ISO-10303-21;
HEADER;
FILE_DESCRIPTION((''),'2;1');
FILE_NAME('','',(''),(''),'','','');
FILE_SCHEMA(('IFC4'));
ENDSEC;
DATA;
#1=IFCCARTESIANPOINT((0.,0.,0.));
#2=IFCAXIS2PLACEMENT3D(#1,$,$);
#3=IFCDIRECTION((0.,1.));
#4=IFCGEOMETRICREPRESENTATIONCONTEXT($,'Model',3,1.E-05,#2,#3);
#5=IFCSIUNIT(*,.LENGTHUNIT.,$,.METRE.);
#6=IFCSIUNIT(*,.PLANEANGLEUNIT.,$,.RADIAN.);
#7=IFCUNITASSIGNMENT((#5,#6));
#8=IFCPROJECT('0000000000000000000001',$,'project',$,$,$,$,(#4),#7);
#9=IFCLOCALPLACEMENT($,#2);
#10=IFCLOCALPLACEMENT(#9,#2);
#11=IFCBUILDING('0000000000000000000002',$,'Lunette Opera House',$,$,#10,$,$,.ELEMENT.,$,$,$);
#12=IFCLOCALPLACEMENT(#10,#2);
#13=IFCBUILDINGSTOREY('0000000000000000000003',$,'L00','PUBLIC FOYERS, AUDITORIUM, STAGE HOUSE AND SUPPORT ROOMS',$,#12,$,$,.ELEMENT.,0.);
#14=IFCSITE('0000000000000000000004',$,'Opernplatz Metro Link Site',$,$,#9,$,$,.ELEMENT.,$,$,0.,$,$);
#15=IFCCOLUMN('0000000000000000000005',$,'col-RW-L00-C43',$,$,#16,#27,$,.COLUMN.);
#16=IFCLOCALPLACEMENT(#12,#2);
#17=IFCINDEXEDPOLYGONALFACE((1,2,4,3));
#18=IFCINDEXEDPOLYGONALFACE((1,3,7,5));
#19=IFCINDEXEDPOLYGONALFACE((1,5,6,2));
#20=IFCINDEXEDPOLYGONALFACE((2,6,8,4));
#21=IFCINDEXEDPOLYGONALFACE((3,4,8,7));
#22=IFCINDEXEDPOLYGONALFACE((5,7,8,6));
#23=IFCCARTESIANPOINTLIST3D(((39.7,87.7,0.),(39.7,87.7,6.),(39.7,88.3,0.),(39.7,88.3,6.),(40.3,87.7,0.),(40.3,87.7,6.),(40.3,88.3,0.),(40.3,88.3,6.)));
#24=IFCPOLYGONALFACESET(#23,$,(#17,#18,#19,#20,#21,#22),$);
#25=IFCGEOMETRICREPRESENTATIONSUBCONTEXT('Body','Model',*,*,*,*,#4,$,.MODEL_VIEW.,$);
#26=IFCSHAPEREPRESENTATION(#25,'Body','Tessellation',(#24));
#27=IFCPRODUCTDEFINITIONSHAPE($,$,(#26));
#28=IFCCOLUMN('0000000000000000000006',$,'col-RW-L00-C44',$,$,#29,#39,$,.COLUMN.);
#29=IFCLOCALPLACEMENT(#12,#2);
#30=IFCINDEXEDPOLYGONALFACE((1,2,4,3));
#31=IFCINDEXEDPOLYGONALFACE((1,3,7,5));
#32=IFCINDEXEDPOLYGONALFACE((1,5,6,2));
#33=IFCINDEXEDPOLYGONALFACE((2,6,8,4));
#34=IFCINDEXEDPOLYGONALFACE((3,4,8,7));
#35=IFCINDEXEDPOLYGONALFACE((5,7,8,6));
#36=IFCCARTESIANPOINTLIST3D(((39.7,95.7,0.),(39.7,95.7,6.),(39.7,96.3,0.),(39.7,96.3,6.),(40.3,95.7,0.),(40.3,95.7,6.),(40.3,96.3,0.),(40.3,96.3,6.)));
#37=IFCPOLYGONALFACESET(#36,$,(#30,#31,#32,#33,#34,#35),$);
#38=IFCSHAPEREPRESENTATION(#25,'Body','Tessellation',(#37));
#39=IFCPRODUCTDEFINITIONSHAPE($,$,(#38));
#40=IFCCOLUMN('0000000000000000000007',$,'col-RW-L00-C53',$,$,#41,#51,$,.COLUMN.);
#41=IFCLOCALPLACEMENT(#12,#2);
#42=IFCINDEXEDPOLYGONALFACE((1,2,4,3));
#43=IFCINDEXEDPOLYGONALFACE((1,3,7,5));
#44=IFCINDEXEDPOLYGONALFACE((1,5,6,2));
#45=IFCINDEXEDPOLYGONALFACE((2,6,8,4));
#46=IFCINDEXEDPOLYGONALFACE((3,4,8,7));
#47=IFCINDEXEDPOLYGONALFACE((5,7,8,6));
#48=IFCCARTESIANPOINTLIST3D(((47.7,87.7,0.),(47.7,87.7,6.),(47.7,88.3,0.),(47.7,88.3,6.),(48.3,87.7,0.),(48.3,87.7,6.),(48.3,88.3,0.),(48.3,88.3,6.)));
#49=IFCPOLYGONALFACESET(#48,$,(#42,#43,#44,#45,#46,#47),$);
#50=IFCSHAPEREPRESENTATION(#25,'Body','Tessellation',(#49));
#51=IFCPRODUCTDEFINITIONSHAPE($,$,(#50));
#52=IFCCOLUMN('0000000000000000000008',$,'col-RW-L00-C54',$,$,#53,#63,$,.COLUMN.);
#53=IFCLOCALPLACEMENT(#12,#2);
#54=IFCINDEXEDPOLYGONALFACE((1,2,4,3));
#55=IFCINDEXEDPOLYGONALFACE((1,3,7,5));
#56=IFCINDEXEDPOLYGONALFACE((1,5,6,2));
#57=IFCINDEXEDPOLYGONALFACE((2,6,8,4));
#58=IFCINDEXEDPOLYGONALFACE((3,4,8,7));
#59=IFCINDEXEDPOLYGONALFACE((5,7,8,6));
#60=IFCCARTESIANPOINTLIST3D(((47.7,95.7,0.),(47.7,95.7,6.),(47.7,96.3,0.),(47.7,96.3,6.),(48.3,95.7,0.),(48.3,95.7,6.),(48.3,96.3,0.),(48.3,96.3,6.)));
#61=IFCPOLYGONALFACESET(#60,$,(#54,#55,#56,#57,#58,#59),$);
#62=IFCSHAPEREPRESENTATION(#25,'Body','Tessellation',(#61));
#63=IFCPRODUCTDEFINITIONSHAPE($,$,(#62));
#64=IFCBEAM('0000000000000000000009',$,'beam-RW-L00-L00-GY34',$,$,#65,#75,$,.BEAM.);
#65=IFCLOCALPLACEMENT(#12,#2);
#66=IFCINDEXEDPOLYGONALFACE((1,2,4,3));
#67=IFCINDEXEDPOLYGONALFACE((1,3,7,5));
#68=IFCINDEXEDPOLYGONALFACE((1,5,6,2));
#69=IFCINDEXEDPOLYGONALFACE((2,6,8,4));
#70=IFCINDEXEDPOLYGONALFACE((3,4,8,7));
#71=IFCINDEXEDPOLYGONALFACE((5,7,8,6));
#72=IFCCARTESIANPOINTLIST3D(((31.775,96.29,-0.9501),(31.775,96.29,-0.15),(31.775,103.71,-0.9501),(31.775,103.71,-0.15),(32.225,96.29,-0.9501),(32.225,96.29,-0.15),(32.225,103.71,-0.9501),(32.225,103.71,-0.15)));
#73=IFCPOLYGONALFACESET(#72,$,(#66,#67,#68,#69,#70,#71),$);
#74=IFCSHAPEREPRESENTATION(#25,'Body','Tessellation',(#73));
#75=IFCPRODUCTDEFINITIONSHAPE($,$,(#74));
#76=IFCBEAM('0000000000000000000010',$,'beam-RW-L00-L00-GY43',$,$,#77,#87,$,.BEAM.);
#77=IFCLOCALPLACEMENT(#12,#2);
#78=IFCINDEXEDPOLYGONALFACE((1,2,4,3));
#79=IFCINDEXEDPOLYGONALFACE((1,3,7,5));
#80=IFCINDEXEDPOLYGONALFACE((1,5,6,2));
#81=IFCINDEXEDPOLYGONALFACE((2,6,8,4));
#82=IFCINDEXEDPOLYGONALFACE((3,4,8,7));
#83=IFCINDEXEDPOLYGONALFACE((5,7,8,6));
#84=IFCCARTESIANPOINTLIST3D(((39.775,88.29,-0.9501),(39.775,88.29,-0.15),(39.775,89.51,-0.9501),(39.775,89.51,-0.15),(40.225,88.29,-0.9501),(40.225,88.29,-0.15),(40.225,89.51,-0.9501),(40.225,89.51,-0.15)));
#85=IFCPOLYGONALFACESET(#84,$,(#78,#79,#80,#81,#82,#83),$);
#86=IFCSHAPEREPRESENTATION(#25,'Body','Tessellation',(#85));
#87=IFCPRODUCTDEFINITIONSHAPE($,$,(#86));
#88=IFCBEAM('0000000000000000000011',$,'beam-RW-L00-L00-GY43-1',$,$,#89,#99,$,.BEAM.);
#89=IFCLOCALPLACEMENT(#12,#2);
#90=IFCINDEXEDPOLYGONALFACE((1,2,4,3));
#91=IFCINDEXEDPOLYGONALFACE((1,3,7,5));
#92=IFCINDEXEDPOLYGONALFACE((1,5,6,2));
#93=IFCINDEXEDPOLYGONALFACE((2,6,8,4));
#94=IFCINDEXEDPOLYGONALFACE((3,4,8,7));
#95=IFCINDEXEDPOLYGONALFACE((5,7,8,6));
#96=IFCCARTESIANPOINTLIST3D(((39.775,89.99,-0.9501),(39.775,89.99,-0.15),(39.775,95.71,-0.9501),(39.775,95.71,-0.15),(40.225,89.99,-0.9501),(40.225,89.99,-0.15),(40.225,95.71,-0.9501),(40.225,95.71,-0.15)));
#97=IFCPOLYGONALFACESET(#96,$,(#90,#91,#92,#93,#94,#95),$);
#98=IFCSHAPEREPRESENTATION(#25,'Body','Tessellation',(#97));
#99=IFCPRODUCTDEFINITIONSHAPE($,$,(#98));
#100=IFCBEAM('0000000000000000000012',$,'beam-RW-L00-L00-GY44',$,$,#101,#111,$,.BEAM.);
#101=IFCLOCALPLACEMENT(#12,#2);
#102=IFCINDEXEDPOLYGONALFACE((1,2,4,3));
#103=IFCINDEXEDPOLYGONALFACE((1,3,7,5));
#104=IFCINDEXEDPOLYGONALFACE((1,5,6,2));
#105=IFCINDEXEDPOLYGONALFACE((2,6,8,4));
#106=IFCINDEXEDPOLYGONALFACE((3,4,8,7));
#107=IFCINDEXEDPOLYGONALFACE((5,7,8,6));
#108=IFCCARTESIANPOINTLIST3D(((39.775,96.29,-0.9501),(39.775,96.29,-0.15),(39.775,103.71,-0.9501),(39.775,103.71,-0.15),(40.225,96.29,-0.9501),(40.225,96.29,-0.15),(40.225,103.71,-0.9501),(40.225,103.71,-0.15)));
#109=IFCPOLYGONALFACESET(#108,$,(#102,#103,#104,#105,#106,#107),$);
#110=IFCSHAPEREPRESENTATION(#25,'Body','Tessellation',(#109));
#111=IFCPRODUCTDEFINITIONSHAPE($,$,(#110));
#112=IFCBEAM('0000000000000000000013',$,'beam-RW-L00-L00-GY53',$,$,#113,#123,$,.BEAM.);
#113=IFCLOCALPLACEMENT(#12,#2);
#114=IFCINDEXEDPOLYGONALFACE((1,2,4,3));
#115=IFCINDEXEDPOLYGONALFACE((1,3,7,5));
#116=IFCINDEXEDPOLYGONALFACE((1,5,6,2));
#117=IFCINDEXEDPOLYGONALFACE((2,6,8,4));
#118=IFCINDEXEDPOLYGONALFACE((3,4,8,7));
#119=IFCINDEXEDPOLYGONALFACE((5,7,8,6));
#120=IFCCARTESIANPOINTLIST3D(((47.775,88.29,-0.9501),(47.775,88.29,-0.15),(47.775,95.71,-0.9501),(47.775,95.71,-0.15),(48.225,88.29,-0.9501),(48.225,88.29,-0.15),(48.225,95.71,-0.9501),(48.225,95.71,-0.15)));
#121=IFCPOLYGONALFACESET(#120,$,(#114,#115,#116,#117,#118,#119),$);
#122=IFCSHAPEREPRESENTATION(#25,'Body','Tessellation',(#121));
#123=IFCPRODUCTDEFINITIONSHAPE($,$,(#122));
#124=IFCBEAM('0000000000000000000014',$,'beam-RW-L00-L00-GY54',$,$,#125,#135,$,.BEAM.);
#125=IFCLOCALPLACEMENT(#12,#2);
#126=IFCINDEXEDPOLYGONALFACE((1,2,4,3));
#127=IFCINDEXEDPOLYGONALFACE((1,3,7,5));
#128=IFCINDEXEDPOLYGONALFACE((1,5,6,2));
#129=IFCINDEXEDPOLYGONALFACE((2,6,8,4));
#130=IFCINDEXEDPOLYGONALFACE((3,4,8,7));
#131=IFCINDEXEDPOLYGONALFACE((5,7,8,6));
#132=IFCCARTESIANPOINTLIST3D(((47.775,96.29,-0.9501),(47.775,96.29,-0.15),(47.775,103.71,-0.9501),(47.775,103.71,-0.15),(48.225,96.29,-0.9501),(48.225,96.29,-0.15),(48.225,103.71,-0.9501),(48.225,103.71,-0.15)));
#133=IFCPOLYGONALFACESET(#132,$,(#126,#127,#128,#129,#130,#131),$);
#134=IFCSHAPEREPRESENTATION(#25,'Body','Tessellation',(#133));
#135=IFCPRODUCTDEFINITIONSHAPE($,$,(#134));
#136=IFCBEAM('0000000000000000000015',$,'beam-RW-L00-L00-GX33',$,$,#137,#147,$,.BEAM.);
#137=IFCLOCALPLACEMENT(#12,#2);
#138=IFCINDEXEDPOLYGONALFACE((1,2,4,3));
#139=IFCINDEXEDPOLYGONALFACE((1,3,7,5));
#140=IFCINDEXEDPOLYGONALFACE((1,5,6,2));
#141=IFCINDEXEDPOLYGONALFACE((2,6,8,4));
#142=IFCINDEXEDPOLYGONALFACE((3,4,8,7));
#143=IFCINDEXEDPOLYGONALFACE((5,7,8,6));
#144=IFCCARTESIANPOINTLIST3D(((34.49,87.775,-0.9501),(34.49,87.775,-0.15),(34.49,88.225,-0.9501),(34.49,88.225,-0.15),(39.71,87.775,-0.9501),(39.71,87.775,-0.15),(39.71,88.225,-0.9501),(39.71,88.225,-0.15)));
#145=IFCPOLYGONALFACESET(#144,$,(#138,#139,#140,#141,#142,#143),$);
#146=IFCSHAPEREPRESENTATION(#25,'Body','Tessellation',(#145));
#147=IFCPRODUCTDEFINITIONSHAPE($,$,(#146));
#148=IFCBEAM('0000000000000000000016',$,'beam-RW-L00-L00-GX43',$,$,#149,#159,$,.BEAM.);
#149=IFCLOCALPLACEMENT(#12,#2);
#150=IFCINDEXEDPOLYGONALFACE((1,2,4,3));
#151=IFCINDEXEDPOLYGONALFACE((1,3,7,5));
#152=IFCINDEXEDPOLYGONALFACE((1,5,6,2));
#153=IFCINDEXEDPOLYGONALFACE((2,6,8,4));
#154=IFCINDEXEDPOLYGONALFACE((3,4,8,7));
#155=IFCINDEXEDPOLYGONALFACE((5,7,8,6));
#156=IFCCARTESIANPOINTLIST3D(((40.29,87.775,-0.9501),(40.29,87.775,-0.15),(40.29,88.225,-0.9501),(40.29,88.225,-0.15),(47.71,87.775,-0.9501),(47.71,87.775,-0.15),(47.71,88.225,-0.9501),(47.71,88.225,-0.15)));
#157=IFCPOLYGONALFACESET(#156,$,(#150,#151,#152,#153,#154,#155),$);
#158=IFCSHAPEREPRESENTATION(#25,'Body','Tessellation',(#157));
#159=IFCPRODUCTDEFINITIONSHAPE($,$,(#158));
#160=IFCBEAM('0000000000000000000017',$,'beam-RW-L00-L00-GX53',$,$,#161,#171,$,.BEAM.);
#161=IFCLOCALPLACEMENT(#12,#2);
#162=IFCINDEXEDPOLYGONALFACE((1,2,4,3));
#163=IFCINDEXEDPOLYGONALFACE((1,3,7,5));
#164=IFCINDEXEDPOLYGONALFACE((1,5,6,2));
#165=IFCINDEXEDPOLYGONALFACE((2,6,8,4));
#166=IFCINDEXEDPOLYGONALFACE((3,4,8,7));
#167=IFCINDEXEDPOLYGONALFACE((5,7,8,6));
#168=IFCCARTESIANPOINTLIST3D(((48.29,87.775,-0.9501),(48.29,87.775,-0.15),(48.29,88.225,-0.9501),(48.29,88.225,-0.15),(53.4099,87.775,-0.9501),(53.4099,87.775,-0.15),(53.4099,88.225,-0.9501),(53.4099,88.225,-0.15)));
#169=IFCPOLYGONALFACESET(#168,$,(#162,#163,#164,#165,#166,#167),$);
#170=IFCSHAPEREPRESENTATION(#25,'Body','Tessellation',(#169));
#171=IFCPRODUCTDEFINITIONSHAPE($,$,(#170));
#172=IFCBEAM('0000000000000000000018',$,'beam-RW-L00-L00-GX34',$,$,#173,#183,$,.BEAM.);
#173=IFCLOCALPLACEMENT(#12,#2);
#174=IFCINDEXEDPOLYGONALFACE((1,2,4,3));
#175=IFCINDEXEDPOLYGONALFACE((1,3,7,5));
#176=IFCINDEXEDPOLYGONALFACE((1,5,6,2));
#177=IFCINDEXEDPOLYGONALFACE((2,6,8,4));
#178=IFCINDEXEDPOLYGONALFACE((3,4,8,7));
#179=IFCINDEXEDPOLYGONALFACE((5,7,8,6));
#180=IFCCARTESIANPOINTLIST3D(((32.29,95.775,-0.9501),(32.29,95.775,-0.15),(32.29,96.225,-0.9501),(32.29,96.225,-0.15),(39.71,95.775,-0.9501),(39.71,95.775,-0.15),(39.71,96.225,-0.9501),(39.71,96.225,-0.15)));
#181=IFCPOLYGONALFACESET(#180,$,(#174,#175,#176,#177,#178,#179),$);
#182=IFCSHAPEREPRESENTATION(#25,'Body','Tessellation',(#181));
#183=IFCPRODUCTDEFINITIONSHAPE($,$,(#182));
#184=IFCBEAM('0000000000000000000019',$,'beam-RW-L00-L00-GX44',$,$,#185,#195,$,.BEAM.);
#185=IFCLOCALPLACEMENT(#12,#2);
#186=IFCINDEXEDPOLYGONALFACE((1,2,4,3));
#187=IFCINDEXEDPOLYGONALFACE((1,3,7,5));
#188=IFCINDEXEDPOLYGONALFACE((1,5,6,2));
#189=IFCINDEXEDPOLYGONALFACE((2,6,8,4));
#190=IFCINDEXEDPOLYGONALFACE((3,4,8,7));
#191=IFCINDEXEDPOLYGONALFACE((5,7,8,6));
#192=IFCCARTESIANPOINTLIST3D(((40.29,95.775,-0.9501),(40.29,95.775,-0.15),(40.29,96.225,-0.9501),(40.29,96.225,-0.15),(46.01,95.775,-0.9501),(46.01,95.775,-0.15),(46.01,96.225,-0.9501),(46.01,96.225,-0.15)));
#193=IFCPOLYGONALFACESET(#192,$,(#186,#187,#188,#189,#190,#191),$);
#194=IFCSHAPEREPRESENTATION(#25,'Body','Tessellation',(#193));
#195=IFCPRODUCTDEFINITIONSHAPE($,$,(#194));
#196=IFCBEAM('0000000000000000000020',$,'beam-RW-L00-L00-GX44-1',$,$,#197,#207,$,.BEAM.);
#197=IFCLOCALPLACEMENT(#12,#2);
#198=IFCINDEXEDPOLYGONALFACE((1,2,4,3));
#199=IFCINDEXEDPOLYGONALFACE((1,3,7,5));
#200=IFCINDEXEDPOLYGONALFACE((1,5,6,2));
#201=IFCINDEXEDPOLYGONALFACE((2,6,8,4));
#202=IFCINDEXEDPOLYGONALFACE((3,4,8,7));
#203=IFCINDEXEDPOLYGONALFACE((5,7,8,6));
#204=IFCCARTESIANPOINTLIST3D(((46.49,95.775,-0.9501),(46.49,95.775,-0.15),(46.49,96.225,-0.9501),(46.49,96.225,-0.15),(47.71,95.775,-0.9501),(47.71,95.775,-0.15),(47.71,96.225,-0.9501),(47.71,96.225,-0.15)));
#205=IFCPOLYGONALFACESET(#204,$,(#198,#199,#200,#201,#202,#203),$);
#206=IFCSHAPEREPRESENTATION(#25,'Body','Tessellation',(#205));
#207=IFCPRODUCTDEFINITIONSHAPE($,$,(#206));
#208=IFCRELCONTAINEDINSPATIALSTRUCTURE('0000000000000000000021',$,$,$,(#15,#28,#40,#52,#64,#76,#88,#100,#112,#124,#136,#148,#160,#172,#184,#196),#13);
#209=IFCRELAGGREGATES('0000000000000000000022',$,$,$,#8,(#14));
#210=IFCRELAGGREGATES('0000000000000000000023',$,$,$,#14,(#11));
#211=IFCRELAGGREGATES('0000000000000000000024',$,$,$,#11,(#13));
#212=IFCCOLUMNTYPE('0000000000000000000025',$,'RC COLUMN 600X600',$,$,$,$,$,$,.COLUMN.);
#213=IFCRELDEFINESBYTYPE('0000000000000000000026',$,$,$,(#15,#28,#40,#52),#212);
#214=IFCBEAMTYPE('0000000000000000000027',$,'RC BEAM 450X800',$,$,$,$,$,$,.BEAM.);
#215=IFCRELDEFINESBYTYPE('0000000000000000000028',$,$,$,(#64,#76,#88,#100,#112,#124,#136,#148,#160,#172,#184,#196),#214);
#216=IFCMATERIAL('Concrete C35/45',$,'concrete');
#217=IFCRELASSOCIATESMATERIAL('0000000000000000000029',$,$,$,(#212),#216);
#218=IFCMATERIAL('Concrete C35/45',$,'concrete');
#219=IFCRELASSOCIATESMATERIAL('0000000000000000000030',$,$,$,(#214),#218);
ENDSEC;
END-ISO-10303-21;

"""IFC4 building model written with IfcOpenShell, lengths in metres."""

from ifc_helpers import new_model, si_unit, direction, frame, origin, origin_2d, place, context, subcontext, project, spatial, rectangle, extrude, material, material_profile, profile_set, type_object, element, save


model = new_model("IFC4")

# Units and contexts
model_context = context("Model", 3, precision=1e-05, world=origin(), true_north=direction((0.0, 1.0)))
body_context = subcontext(model_context, "Body", "Model", "MODEL_VIEW")
ifc_project = project(units=[si_unit("LENGTHUNIT", "METRE"), si_unit("PLANEANGLEUNIT", "RADIAN")], contexts=[model_context])

# Site, building, storey
site_placement = place(None, origin())
site = spatial("IfcSite", under=ifc_project, at=site_placement, Name="Opernplatz Metro Link Site", CompositionType="ELEMENT", RefElevation=0.0)
building_placement = place(site_placement, origin())
building = spatial("IfcBuilding", under=site, at=building_placement, Name="Lunette Opera House", CompositionType="ELEMENT")
storey_placement = place(building_placement, origin())
storey = spatial("IfcBuildingStorey", under=building, at=storey_placement, Name="L00", Description="PUBLIC FOYERS, AUDITORIUM, STAGE HOUSE AND SUPPORT ROOMS", CompositionType="ELEMENT", Elevation=0.0)

# Columns
ifc_material_1 = material(Name="Concrete C35/45", Category="concrete")
ifc_material_profile_1 = material_profile(ifc_material_1, rectangle(XDim=0.6001, YDim=0.6001, at=origin_2d()), Name="RC COLUMN 600X600")
ifc_profile_set_1 = profile_set([ifc_material_profile_1], Name="Concrete C35/45")
column_type = type_object("IfcColumnType", Name="RC COLUMN 600X600", PredefinedType="COLUMN", material=ifc_profile_set_1)
for number, where, z_axis, x_axis, name in (
    (1, (40.0, 88.0, 0.0), (0.0, 0.0, 1.0), (1.0, 0.0, 0.0), "col-RW-L00-C43"),
    (2, (40.0, 96.0, 0.0), (0.0, 0.0, 1.0), (1.0, 0.0, 0.0), "col-RW-L00-C44"),
    (3, (48.0, 88.0, 0.0), (0.0, 0.0, 1.0), (1.0, 0.0, 0.0), "col-RW-L00-C53"),
    (4, (48.0, 96.0, 0.0), (0.0, 0.0, 1.0), (1.0, 0.0, 0.0), "col-RW-L00-C54"),
):
    element("IfcColumn", number, at=place(storey_placement, frame(where, z_axis=z_axis, x_axis=x_axis)), inside=storey, type_object=column_type, Name=name, PredefinedType="COLUMN", context=body_context, shape_type="SweptSolid", body=[
        extrude(rectangle(XDim=0.6001, YDim=0.6001, at=origin_2d()), origin(), (0.0, 0.0, 1.0), 6.0),
    ])

# Beams
ifc_material_2 = material(Name="Concrete C35/45", Category="concrete")
ifc_material_profile_2 = material_profile(ifc_material_2, rectangle(XDim=0.45, YDim=0.8, at=origin_2d()), Name="RC BEAM 450X800")
ifc_profile_set_2 = profile_set([ifc_material_profile_2], Name="Concrete C35/45")
beam_type_1 = type_object("IfcBeamType", Name="RC BEAM 450X800", PredefinedType="BEAM", material=ifc_profile_set_2)
beam_1_placement = place(storey_placement, frame((32.0, 96.29, -0.55), z_axis=(0.0, 1.0, 0.0), x_axis=(-1.0, 0.0, 0.0)))
element("IfcBeam", 5, at=beam_1_placement, inside=storey, type_object=beam_type_1, Name="beam-RW-L00-L00-GY34", PredefinedType="BEAM", context=body_context, shape_type="SweptSolid", body=[
    extrude(rectangle(XDim=0.45, YDim=0.8, at=origin_2d()), origin(), (0.0, 0.0, 1.0), 7.4199),
])
beam_2_placement = place(storey_placement, frame((40.0, 88.29, -0.55), z_axis=(0.0, 1.0, 0.0), x_axis=(-1.0, 0.0, 0.0)))
element("IfcBeam", 6, at=beam_2_placement, inside=storey, type_object=beam_type_1, Name="beam-RW-L00-L00-GY43", PredefinedType="BEAM", context=body_context, shape_type="SweptSolid", body=[
    extrude(rectangle(XDim=0.45, YDim=0.8, at=origin_2d()), origin(), (0.0, 0.0, 1.0), 1.22),
])
beam_3_placement = place(storey_placement, frame((40.0, 89.99, -0.55), z_axis=(0.0, 1.0, 0.0), x_axis=(-1.0, 0.0, 0.0)))
element("IfcBeam", 7, at=beam_3_placement, inside=storey, type_object=beam_type_1, Name="beam-RW-L00-L00-GY43-1", PredefinedType="BEAM", context=body_context, shape_type="SweptSolid", body=[
    extrude(rectangle(XDim=0.45, YDim=0.8, at=origin_2d()), origin(), (0.0, 0.0, 1.0), 5.72),
])
for number, where, z_axis, x_axis, name in (
    (8, (40.0, 96.29, -0.55), (0.0, 1.0, 0.0), (-1.0, 0.0, 0.0), "beam-RW-L00-L00-GY44"),
    (9, (48.0, 88.29, -0.55), (0.0, 1.0, 0.0), (-1.0, 0.0, 0.0), "beam-RW-L00-L00-GY53"),
    (10, (48.0, 96.29, -0.55), (0.0, 1.0, 0.0), (-1.0, 0.0, 0.0), "beam-RW-L00-L00-GY54"),
):
    element("IfcBeam", number, at=place(storey_placement, frame(where, z_axis=z_axis, x_axis=x_axis)), inside=storey, type_object=beam_type_1, Name=name, PredefinedType="BEAM", context=body_context, shape_type="SweptSolid", body=[
        extrude(rectangle(XDim=0.45, YDim=0.8, at=origin_2d()), origin(), (0.0, 0.0, 1.0), 7.4199),
    ])
beam_4_placement = place(storey_placement, frame((34.49, 88.0, -0.55), z_axis=(1.0, 0.0, 0.0), x_axis=(0.0, 1.0, 0.0)))
element("IfcBeam", 11, at=beam_4_placement, inside=storey, type_object=beam_type_1, Name="beam-RW-L00-L00-GX33", PredefinedType="BEAM", context=body_context, shape_type="SweptSolid", body=[
    extrude(rectangle(XDim=0.45, YDim=0.8, at=origin_2d()), origin(), (0.0, 0.0, 1.0), 5.22),
])
beam_5_placement = place(storey_placement, frame((40.29, 88.0, -0.55), z_axis=(1.0, 0.0, 0.0), x_axis=(0.0, 1.0, 0.0)))
element("IfcBeam", 12, at=beam_5_placement, inside=storey, type_object=beam_type_1, Name="beam-RW-L00-L00-GX43", PredefinedType="BEAM", context=body_context, shape_type="SweptSolid", body=[
    extrude(rectangle(XDim=0.45, YDim=0.8, at=origin_2d()), origin(), (0.0, 0.0, 1.0), 7.4199),
])
beam_6_placement = place(storey_placement, frame((48.29, 88.0, -0.55), z_axis=(1.0, 0.0, 0.0), x_axis=(0.0, 1.0, 0.0)))
element("IfcBeam", 13, at=beam_6_placement, inside=storey, type_object=beam_type_1, Name="beam-RW-L00-L00-GX53", PredefinedType="BEAM", context=body_context, shape_type="SweptSolid", body=[
    extrude(rectangle(XDim=0.45, YDim=0.8, at=origin_2d()), origin(), (0.0, 0.0, 1.0), 5.1199),
])
beam_7_placement = place(storey_placement, frame((32.29, 96.0, -0.55), z_axis=(1.0, 0.0, 0.0), x_axis=(0.0, 1.0, 0.0)))
element("IfcBeam", 14, at=beam_7_placement, inside=storey, type_object=beam_type_1, Name="beam-RW-L00-L00-GX34", PredefinedType="BEAM", context=body_context, shape_type="SweptSolid", body=[
    extrude(rectangle(XDim=0.45, YDim=0.8, at=origin_2d()), origin(), (0.0, 0.0, 1.0), 7.4199),
])
beam_8_placement = place(storey_placement, frame((40.29, 96.0, -0.55), z_axis=(1.0, 0.0, 0.0), x_axis=(0.0, 1.0, 0.0)))
element("IfcBeam", 15, at=beam_8_placement, inside=storey, type_object=beam_type_1, Name="beam-RW-L00-L00-GX44", PredefinedType="BEAM", context=body_context, shape_type="SweptSolid", body=[
    extrude(rectangle(XDim=0.45, YDim=0.8, at=origin_2d()), origin(), (0.0, 0.0, 1.0), 5.72),
])
beam_9_placement = place(storey_placement, frame((46.49, 96.0, -0.55), z_axis=(1.0, 0.0, 0.0), x_axis=(0.0, 1.0, 0.0)))
element("IfcBeam", 16, at=beam_9_placement, inside=storey, type_object=beam_type_1, Name="beam-RW-L00-L00-GX44-1", PredefinedType="BEAM", context=body_context, shape_type="SweptSolid", body=[
    extrude(rectangle(XDim=0.45, YDim=0.8, at=origin_2d()), origin(), (0.0, 0.0, 1.0), 1.22),
])

save(model, "model.ifc")
